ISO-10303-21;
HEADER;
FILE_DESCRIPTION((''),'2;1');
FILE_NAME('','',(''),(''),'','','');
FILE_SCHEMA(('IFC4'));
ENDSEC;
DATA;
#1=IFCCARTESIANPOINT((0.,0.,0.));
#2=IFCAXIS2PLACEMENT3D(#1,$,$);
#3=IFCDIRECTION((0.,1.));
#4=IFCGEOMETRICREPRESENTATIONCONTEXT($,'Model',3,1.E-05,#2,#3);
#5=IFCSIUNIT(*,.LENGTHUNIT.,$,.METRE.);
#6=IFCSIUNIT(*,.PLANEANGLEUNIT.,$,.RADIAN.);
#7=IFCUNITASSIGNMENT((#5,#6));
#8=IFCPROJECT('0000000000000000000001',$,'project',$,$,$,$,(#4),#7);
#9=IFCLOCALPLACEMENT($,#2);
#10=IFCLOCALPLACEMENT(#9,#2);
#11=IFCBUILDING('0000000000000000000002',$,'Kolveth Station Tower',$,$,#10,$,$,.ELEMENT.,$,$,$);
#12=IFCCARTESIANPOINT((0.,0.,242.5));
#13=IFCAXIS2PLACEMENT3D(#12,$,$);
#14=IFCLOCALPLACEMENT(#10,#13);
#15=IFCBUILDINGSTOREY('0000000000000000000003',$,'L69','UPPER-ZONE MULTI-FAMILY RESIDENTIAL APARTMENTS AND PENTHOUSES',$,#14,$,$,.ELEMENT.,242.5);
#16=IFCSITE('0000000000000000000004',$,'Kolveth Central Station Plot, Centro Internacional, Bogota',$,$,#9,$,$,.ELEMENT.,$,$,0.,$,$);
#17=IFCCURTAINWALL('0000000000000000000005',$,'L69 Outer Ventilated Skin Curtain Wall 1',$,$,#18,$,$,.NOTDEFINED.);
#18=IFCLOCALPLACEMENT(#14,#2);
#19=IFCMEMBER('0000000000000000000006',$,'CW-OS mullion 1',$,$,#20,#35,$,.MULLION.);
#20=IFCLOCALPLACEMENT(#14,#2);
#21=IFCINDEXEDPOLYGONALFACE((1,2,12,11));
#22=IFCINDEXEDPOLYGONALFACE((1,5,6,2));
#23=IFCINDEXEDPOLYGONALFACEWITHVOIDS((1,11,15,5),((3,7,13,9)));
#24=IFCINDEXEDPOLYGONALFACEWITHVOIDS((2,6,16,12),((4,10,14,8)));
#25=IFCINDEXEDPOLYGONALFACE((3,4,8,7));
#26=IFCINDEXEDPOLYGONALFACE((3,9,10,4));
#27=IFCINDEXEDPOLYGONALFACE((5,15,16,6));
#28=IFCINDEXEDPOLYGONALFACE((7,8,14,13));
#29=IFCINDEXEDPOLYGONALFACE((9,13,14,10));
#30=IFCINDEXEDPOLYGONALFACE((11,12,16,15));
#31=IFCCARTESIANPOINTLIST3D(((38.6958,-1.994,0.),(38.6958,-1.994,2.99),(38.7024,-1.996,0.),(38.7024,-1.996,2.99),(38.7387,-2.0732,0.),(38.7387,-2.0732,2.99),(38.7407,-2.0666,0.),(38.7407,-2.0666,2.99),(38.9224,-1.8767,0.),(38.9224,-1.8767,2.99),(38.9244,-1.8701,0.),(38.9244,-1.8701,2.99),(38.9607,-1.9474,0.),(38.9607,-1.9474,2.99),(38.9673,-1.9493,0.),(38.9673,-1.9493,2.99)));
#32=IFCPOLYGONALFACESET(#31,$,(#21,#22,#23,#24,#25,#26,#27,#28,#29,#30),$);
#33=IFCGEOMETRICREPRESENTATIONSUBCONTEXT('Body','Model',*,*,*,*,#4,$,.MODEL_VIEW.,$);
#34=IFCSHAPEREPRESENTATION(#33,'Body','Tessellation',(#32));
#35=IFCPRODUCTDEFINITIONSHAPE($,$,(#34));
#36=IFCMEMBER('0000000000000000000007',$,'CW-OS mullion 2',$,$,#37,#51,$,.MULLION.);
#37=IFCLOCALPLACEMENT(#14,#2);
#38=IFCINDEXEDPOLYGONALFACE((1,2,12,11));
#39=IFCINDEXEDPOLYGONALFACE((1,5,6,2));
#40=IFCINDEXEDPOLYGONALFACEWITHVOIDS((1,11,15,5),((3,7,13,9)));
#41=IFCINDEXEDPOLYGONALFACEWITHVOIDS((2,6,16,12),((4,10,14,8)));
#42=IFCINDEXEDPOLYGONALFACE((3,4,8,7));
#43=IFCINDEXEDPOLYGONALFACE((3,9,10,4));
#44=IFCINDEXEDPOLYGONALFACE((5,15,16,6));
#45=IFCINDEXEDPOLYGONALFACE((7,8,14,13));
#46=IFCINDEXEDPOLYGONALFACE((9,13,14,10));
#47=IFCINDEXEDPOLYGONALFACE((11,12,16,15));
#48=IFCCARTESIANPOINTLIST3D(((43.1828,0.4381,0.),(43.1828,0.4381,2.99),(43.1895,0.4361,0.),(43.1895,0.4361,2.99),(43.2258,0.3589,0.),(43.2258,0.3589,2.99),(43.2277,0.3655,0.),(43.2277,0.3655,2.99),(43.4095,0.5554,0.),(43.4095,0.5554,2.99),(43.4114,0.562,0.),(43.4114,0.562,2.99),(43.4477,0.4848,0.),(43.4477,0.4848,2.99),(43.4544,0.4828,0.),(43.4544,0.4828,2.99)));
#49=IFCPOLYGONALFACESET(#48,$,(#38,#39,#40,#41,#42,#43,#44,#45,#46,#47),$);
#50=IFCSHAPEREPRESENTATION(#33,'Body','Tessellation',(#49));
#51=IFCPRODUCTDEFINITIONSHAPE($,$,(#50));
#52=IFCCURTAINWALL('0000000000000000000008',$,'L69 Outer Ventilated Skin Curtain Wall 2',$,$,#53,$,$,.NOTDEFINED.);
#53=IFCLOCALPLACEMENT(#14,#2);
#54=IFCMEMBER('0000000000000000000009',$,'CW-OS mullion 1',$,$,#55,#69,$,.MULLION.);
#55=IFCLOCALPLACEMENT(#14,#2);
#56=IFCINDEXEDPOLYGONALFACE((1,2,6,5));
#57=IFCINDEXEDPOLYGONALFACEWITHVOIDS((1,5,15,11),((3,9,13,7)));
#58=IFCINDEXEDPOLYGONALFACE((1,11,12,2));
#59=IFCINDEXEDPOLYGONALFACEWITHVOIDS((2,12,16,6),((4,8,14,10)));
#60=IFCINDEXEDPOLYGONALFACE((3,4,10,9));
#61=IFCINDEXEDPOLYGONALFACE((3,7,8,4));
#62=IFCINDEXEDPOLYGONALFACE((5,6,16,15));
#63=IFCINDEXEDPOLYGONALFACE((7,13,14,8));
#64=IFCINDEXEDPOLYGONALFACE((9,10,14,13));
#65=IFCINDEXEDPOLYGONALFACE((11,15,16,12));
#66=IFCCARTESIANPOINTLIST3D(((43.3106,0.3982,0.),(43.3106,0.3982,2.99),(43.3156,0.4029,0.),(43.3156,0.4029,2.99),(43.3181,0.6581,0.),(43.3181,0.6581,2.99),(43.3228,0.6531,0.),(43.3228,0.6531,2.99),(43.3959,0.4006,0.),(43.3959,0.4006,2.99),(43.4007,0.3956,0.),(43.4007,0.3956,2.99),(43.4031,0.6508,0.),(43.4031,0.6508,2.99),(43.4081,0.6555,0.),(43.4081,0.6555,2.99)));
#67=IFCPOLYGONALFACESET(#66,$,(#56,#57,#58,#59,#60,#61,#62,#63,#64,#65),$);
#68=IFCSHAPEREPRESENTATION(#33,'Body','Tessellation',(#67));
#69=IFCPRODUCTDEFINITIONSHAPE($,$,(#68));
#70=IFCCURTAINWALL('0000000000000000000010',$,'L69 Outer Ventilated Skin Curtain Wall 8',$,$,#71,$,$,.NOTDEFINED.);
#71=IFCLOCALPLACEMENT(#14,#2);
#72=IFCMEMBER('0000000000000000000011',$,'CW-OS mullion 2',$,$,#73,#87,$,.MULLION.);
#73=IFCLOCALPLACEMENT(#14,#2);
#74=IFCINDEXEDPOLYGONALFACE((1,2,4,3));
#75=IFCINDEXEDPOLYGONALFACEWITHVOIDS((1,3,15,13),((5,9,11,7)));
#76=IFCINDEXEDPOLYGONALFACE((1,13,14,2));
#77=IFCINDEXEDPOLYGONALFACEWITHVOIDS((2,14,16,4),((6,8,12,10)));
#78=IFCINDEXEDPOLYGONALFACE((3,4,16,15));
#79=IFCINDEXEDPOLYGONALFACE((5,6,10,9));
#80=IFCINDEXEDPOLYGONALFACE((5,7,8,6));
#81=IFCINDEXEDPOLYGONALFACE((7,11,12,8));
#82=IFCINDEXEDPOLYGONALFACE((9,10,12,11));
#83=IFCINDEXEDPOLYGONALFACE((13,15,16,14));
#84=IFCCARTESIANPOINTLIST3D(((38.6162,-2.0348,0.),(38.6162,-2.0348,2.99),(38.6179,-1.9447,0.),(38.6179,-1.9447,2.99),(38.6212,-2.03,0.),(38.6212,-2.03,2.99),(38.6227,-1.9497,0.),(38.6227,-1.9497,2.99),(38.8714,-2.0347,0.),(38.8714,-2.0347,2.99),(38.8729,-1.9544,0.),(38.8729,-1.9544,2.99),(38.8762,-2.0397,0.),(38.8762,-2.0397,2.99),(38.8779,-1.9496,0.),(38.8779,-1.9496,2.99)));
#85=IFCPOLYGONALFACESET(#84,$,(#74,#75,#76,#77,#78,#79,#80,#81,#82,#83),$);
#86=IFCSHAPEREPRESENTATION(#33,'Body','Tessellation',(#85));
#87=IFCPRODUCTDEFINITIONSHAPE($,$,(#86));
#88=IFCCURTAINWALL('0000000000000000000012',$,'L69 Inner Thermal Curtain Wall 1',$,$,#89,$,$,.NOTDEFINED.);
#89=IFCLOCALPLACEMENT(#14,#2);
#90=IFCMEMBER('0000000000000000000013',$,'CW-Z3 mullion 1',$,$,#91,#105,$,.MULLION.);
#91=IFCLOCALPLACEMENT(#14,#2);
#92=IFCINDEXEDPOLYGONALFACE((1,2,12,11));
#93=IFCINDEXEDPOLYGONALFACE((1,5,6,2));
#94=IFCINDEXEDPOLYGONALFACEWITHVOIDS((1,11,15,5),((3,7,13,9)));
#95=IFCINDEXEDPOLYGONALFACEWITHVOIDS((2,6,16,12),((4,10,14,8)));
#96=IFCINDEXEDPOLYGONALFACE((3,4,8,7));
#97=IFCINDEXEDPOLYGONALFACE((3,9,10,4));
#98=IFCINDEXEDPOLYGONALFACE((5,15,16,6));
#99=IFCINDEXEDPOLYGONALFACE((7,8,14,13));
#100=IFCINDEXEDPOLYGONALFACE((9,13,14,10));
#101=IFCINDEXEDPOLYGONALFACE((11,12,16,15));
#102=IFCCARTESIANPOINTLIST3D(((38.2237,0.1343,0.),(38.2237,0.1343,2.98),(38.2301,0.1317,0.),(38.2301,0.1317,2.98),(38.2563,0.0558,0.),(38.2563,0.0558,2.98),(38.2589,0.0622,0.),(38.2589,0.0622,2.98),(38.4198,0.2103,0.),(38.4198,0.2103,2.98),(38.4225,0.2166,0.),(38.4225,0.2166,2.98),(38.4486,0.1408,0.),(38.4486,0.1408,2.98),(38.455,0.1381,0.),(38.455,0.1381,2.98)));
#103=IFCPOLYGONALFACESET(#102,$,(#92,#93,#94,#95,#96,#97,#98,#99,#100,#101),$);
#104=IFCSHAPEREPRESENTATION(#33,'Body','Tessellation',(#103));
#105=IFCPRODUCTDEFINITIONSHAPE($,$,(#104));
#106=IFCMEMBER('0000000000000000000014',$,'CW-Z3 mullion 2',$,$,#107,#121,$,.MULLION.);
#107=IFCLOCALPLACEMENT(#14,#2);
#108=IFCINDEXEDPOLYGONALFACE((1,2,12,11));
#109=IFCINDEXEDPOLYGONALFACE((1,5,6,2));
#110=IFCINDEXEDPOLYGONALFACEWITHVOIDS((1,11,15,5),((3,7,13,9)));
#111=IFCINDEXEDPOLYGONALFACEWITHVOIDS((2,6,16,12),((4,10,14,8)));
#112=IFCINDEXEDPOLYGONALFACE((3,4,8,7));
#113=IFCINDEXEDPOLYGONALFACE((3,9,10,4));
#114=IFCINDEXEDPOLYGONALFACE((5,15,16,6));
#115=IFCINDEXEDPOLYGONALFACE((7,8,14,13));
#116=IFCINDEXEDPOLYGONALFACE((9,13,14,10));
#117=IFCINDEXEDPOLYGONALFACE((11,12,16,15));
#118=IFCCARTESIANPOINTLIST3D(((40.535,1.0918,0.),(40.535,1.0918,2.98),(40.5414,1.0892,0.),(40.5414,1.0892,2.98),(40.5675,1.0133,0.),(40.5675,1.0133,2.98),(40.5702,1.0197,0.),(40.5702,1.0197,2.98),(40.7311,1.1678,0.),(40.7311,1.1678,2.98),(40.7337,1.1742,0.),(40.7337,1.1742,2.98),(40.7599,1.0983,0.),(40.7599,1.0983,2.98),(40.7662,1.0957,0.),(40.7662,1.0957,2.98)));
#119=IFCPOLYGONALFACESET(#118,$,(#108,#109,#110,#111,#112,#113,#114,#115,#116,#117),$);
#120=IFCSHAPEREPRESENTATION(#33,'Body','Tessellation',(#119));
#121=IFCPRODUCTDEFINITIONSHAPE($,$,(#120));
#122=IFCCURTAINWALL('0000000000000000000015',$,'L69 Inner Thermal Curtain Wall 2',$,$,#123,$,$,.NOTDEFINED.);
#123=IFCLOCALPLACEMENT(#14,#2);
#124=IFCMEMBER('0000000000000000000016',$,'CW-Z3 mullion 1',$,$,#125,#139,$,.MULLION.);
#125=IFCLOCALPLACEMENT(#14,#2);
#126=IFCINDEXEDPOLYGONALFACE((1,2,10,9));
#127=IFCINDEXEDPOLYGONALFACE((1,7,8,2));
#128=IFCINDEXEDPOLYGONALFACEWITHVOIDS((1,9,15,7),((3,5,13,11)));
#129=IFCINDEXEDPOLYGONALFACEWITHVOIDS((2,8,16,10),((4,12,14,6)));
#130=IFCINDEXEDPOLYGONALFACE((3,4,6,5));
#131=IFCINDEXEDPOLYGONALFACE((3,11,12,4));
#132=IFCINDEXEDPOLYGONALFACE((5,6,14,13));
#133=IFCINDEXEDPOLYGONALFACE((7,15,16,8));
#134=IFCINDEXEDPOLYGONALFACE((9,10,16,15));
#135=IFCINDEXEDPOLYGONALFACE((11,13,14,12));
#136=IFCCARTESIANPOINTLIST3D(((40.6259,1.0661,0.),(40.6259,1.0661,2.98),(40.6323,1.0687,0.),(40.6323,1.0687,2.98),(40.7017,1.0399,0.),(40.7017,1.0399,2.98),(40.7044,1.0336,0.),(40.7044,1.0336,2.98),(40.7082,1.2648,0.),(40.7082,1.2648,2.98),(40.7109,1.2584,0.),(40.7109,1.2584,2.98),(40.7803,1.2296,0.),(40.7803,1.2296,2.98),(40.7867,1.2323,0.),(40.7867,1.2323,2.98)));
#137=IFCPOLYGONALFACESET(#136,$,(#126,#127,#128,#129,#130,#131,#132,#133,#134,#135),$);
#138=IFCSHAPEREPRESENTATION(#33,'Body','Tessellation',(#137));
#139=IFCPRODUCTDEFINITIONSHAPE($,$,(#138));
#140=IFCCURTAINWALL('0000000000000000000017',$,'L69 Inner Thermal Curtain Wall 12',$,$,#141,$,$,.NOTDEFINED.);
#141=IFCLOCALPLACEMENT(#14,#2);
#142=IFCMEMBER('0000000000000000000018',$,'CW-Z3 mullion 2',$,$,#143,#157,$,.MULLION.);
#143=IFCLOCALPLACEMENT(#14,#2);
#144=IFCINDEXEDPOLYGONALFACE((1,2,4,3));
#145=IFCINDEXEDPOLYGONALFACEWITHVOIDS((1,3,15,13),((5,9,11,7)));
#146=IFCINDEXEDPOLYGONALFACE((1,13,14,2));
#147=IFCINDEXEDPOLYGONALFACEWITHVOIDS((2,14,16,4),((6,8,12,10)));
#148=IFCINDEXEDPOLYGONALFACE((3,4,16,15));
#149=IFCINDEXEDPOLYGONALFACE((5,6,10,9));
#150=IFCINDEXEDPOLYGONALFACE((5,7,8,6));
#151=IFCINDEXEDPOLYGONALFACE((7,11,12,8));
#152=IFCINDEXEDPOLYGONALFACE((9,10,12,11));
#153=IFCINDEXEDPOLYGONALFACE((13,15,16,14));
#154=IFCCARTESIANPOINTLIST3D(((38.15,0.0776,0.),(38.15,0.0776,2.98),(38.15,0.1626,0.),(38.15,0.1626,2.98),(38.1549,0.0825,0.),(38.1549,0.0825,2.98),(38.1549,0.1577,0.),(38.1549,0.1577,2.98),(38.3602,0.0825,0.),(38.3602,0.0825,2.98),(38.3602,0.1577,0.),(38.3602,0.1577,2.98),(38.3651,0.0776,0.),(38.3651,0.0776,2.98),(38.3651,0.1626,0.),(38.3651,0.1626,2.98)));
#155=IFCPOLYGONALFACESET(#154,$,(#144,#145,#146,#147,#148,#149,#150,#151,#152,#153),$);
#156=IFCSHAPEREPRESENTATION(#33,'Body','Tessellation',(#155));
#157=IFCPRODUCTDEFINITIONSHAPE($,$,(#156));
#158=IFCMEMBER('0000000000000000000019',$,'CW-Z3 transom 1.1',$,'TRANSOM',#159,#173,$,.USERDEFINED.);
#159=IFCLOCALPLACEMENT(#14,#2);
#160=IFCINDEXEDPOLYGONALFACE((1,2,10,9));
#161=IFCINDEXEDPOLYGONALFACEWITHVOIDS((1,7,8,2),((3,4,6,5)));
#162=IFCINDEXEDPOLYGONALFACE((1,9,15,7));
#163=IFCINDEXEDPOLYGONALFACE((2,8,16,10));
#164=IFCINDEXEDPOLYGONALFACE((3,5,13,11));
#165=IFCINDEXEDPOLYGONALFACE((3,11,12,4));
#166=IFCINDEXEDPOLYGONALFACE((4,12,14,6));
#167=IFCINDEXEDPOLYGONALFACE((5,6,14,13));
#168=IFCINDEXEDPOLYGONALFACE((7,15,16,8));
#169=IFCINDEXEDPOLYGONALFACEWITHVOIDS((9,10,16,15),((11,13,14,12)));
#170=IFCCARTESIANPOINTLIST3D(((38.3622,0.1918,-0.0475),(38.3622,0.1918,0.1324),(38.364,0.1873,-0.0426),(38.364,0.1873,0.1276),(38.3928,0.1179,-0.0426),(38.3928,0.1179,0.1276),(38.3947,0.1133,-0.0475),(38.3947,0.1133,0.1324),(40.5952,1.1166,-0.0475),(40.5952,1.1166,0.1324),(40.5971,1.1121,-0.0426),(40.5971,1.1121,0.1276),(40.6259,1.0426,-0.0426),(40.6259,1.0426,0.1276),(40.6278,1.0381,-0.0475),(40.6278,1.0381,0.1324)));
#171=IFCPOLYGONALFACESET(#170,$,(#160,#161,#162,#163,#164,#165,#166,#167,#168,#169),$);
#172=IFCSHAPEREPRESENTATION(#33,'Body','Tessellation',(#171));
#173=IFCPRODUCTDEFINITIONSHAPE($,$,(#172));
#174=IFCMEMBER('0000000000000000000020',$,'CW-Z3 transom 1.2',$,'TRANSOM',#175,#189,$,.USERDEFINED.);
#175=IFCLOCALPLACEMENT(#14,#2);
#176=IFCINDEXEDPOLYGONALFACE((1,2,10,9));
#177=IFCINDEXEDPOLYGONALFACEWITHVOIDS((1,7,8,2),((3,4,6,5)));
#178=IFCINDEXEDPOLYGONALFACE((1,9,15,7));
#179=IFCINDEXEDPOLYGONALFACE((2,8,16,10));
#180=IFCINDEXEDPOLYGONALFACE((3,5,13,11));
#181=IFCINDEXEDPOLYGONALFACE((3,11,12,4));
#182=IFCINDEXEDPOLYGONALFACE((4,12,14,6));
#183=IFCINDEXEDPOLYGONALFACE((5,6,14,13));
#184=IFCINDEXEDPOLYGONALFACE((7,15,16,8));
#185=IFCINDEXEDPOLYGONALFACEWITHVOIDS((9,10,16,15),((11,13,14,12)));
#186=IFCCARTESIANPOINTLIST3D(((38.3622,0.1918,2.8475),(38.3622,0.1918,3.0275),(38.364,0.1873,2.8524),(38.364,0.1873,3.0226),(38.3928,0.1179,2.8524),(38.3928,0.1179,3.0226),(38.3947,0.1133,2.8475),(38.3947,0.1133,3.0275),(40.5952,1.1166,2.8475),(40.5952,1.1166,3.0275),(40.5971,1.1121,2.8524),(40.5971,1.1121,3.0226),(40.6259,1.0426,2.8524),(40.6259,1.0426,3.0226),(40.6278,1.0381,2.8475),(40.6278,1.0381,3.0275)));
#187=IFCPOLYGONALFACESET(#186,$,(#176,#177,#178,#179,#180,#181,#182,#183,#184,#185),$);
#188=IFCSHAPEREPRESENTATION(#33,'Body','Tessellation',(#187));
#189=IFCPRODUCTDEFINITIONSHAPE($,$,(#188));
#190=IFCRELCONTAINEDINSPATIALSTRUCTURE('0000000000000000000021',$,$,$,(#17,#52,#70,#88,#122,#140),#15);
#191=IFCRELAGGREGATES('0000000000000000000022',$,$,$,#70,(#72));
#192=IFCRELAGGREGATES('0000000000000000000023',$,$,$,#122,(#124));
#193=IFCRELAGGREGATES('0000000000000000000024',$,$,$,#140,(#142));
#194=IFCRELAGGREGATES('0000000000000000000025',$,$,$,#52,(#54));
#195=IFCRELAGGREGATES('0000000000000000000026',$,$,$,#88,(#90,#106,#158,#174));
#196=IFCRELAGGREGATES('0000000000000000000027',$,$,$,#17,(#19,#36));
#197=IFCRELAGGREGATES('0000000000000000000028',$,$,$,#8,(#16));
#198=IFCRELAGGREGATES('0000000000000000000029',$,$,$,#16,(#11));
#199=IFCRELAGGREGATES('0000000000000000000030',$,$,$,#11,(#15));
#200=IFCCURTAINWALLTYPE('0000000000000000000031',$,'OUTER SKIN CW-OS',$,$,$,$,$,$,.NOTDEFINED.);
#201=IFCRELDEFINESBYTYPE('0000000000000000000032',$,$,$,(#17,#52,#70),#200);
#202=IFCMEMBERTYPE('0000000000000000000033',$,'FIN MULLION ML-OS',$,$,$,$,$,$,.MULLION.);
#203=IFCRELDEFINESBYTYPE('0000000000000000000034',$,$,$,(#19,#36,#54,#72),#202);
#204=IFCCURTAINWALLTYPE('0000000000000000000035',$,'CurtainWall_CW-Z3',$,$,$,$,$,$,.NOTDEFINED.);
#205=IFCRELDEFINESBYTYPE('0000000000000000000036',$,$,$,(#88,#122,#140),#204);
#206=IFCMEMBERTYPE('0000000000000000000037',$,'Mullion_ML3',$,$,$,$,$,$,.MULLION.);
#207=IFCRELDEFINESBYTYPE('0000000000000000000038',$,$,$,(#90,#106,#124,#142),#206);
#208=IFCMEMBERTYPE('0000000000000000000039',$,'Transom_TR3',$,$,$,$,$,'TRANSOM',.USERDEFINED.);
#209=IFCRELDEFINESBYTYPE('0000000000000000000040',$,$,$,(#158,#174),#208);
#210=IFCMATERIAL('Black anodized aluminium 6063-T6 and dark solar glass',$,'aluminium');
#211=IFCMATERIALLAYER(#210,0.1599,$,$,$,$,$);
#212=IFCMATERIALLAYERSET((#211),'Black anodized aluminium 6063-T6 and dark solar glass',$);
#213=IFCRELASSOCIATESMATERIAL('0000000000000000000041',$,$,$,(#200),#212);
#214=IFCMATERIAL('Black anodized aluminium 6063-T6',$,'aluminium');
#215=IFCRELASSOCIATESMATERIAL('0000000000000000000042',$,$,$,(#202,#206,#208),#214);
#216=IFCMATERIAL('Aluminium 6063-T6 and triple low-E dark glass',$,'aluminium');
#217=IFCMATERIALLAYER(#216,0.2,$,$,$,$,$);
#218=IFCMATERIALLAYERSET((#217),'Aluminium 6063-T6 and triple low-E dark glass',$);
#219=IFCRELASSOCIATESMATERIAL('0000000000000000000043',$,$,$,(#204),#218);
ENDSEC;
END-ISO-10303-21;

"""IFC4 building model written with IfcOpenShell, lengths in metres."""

from ifc_helpers import new_model, si_unit, direction, frame, origin, origin_2d, place, context, subcontext, project, spatial, hollow_rectangle, extrude, source, transform, mapped, material, layer, layer_set, material_profile, profile_set, type_object, element, aggregate, save


model = new_model("IFC4")

# Units and contexts
model_context = context("Model", 3, precision=1e-05, world=origin(), true_north=direction((0.0, 1.0)))
body_context = subcontext(model_context, "Body", "Model", "MODEL_VIEW")
ifc_project = project(units=[si_unit("LENGTHUNIT", "METRE"), si_unit("PLANEANGLEUNIT", "RADIAN")], contexts=[model_context])

# Site, building, storey
site_placement = place(None, origin())
site = spatial("IfcSite", under=ifc_project, at=site_placement, Name="Kolveth Central Station Plot, Centro Internacional, Bogota", CompositionType="ELEMENT", RefElevation=0.0)
building_placement = place(site_placement, origin())
building = spatial("IfcBuilding", under=site, at=building_placement, Name="Kolveth Station Tower", CompositionType="ELEMENT")
storey_placement = place(building_placement, frame((0.0, 0.0, 242.5)))
storey = spatial("IfcBuildingStorey", under=building, at=storey_placement, Name="L69", Description="UPPER-ZONE MULTI-FAMILY RESIDENTIAL APARTMENTS AND PENTHOUSES", CompositionType="ELEMENT", Elevation=242.5)

# Curtain wall, members
ifc_material_1 = material(Name="Black anodized aluminium 6063-T6 and dark solar glass", Category="aluminium")
ifc_layer_1 = layer(ifc_material_1, 0.1599)
ifc_layer_set_1 = layer_set([ifc_layer_1], Name="Black anodized aluminium 6063-T6 and dark solar glass")
curtain_wall_type_1 = type_object("IfcCurtainWallType", Name="OUTER SKIN CW-OS", PredefinedType="NOTDEFINED", material=ifc_layer_set_1)
curtain_wall_1_placement = place(storey_placement, origin())
curtain_wall_1 = element("IfcCurtainWall", 1, at=curtain_wall_1_placement, inside=storey, type_object=curtain_wall_type_1, Name="L69 Outer Ventilated Skin Curtain Wall 1", PredefinedType="NOTDEFINED")
ifc_material_2 = material(Name="Black anodized aluminium 6063-T6", Category="aluminium")
ifc_material_profile_1 = material_profile(ifc_material_2, hollow_rectangle(XDim=0.0901, YDim=0.26, WallThickness=0.0049, at=origin_2d()), Name="ALU-90x260x5")
ifc_profile_set_1 = profile_set([ifc_material_profile_1], Name="Black anodized aluminium 6063-T6")
member_type_1 = type_object("IfcMemberType", Name="FIN MULLION ML-OS", PredefinedType="MULLION", material=ifc_profile_set_1)
shared_shape_1 = source(origin(), body_context, "Body", "SweptSolid", [
    extrude(hollow_rectangle(XDim=0.0901, YDim=0.26, WallThickness=0.0049, at=origin_2d()), origin(), (0.0, 0.0, 1.0), 2.99),
])
member_1_placement = place(storey_placement, frame((38.8315, -1.9717, 0.0), z_axis=(0.0, 0.0, 1.0), x_axis=(-0.476536, 0.879155, 0.0)))
member_1 = element("IfcMember", 2, at=member_1_placement, type_object=member_type_1, Name="CW-OS mullion 1", PredefinedType="MULLION", context=body_context, shape_type="MappedRepresentation", body=[
    mapped(shared_shape_1, transform((0.0, 0.0, 0.0), x_axis=(1.0, 0.0, 0.0), y_axis=(0.0, 1.0, 0.0), z_axis=(0.0, 0.0, 1.0), scale=1.0)),
])
member_2_placement = place(storey_placement, frame((43.3186, 0.4604, 0.0), z_axis=(0.0, 0.0, 1.0), x_axis=(-0.476536, 0.879155, 0.0)))
member_2 = element("IfcMember", 3, at=member_2_placement, type_object=member_type_1, Name="CW-OS mullion 2", PredefinedType="MULLION", context=body_context, shape_type="MappedRepresentation", body=[
    mapped(shared_shape_1, transform((0.0, 0.0, 0.0), x_axis=(1.0, 0.0, 0.0), y_axis=(0.0, 1.0, 0.0), z_axis=(0.0, 0.0, 1.0), scale=1.0)),
])

# Curtain walls, members
curtain_wall_2_placement = place(storey_placement, origin())
curtain_wall_2 = element("IfcCurtainWall", 4, at=curtain_wall_2_placement, inside=storey, type_object=curtain_wall_type_1, Name="L69 Outer Ventilated Skin Curtain Wall 2", PredefinedType="NOTDEFINED")
member_3_placement = place(storey_placement, frame((43.3594, 0.5269, 0.0), z_axis=(0.0, 0.0, 1.0), x_axis=(-0.999586, 0.028778, 0.0)))
member_3 = element("IfcMember", 5, at=member_3_placement, type_object=member_type_1, Name="CW-OS mullion 1", PredefinedType="MULLION", context=body_context, shape_type="MappedRepresentation", body=[
    mapped(shared_shape_1, transform((0.0, 0.0, 0.0), x_axis=(1.0, 0.0, 0.0), y_axis=(0.0, 1.0, 0.0), z_axis=(0.0, 0.0, 1.0), scale=1.0)),
])
curtain_wall_3_placement = place(storey_placement, origin())
curtain_wall_3 = element("IfcCurtainWall", 6, at=curtain_wall_3_placement, inside=storey, type_object=curtain_wall_type_1, Name="L69 Outer Ventilated Skin Curtain Wall 8", PredefinedType="NOTDEFINED")
member_4_placement = place(storey_placement, frame((38.7471, -1.9922, 0.0), z_axis=(0.0, 0.0, 1.0), x_axis=(0.018787, 0.999824, 0.0)))
member_4 = element("IfcMember", 7, at=member_4_placement, type_object=member_type_1, Name="CW-OS mullion 2", PredefinedType="MULLION", context=body_context, shape_type="MappedRepresentation", body=[
    mapped(shared_shape_1, transform((0.0, 0.0, 0.0), x_axis=(1.0, 0.0, 0.0), y_axis=(0.0, 1.0, 0.0), z_axis=(0.0, 0.0, 1.0), scale=1.0)),
])
aggregate(curtain_wall_3, [member_4])

# Curtain wall, members
ifc_material_3 = material(Name="Aluminium 6063-T6 and triple low-E dark glass", Category="aluminium")
ifc_layer_2 = layer(ifc_material_3, 0.2)
ifc_layer_set_2 = layer_set([ifc_layer_2], Name="Aluminium 6063-T6 and triple low-E dark glass")
curtain_wall_type_2 = type_object("IfcCurtainWallType", Name="CurtainWall_CW-Z3", PredefinedType="NOTDEFINED", material=ifc_layer_set_2)
curtain_wall_4_placement = place(storey_placement, origin())
curtain_wall_4 = element("IfcCurtainWall", 8, at=curtain_wall_4_placement, inside=storey, type_object=curtain_wall_type_2, Name="L69 Inner Thermal Curtain Wall 1", PredefinedType="NOTDEFINED")
ifc_material_profile_2 = material_profile(ifc_material_2, hollow_rectangle(XDim=0.085, YDim=0.2151, WallThickness=0.0049, at=origin_2d()), Name="ALU-85x215x5")
ifc_profile_set_2 = profile_set([ifc_material_profile_2], Name="Black anodized aluminium 6063-T6")
member_type_2 = type_object("IfcMemberType", Name="Mullion_ML3", PredefinedType="MULLION", material=ifc_profile_set_2)
shared_shape_2 = source(origin(), body_context, "Body", "SweptSolid", [
    extrude(hollow_rectangle(XDim=0.085, YDim=0.2151, WallThickness=0.0049, at=origin_2d()), origin(), (0.0, 0.0, 1.0), 2.98),
])
member_5_placement = place(storey_placement, frame((38.3394, 0.1362, 0.0), z_axis=(0.0, 0.0, 1.0), x_axis=(-0.382693, 0.923875, 0.0)))
member_5 = element("IfcMember", 9, at=member_5_placement, type_object=member_type_2, Name="CW-Z3 mullion 1", PredefinedType="MULLION", context=body_context, shape_type="MappedRepresentation", body=[
    mapped(shared_shape_2, transform((0.0, 0.0, 0.0), x_axis=(1.0, 0.0, 0.0), y_axis=(0.0, 1.0, 0.0), z_axis=(0.0, 0.0, 1.0), scale=1.0)),
])
member_6_placement = place(storey_placement, frame((40.6506, 1.0938, 0.0), z_axis=(0.0, 0.0, 1.0), x_axis=(-0.382693, 0.923875, 0.0)))
member_6 = element("IfcMember", 10, at=member_6_placement, type_object=member_type_2, Name="CW-Z3 mullion 2", PredefinedType="MULLION", context=body_context, shape_type="MappedRepresentation", body=[
    mapped(shared_shape_2, transform((0.0, 0.0, 0.0), x_axis=(1.0, 0.0, 0.0), y_axis=(0.0, 1.0, 0.0), z_axis=(0.0, 0.0, 1.0), scale=1.0)),
])

# Curtain walls, members
curtain_wall_5_placement = place(storey_placement, origin())
curtain_wall_5 = element("IfcCurtainWall", 11, at=curtain_wall_5_placement, inside=storey, type_object=curtain_wall_type_2, Name="L69 Inner Thermal Curtain Wall 2", PredefinedType="NOTDEFINED")
member_7_placement = place(storey_placement, frame((40.7063, 1.1492, 0.0), z_axis=(0.0, 0.0, 1.0), x_axis=(-0.923875, 0.382693, 0.0)))
member_7 = element("IfcMember", 12, at=member_7_placement, type_object=member_type_2, Name="CW-Z3 mullion 1", PredefinedType="MULLION", context=body_context, shape_type="MappedRepresentation", body=[
    mapped(shared_shape_2, transform((0.0, 0.0, 0.0), x_axis=(1.0, 0.0, 0.0), y_axis=(0.0, 1.0, 0.0), z_axis=(0.0, 0.0, 1.0), scale=1.0)),
])
aggregate(curtain_wall_5, [member_7])
curtain_wall_6_placement = place(storey_placement, origin())
curtain_wall_6 = element("IfcCurtainWall", 13, at=curtain_wall_6_placement, inside=storey, type_object=curtain_wall_type_2, Name="L69 Inner Thermal Curtain Wall 12", PredefinedType="NOTDEFINED")
member_8_placement = place(storey_placement, frame((38.2576, 0.1201, 0.0), z_axis=(0.0, 0.0, 1.0), x_axis=(0.0, 1.0, 0.0)))
member_8 = element("IfcMember", 14, at=member_8_placement, type_object=member_type_2, Name="CW-Z3 mullion 2", PredefinedType="MULLION", context=body_context, shape_type="MappedRepresentation", body=[
    mapped(shared_shape_2, transform((0.0, 0.0, 0.0), x_axis=(1.0, 0.0, 0.0), y_axis=(0.0, 1.0, 0.0), z_axis=(0.0, 0.0, 1.0), scale=1.0)),
])
aggregate(curtain_wall_6, [member_8])

# Members
ifc_material_profile_3 = material_profile(ifc_material_2, hollow_rectangle(XDim=0.085, YDim=0.1799, WallThickness=0.0049, at=origin_2d()), Name="ALU-85x180x5")
ifc_profile_set_3 = profile_set([ifc_material_profile_3], Name="Black anodized aluminium 6063-T6")
member_type_3 = type_object("IfcMemberType", Name="Transom_TR3", ElementType="TRANSOM", PredefinedType="USERDEFINED", material=ifc_profile_set_3)
shared_shape_3 = source(origin(), body_context, "Body", "SweptSolid", [
    extrude(hollow_rectangle(XDim=0.085, YDim=0.1799, WallThickness=0.0049, at=origin_2d()), origin(), (0.0, 0.0, 1.0), 2.417),
])
member_9_placement = place(storey_placement, frame((38.3784, 0.1526, 0.0425), z_axis=(0.923909, 0.382613, 0.0), x_axis=(-0.382613, 0.923909, 0.0)))
member_9 = element("IfcMember", 15, at=member_9_placement, type_object=member_type_3, Name="CW-Z3 transom 1.1", ObjectType="TRANSOM", PredefinedType="USERDEFINED", context=body_context, shape_type="MappedRepresentation", body=[
    mapped(shared_shape_3, transform((0.0, 0.0, 0.0), x_axis=(1.0, 0.0, 0.0), y_axis=(0.0, 1.0, 0.0), z_axis=(0.0, 0.0, 1.0), scale=1.0)),
])
member_10_placement = place(storey_placement, frame((38.3784, 0.1526, 2.9375), z_axis=(0.923909, 0.382613, 0.0), x_axis=(-0.382613, 0.923909, 0.0)))
member_10 = element("IfcMember", 16, at=member_10_placement, type_object=member_type_3, Name="CW-Z3 transom 1.2", ObjectType="TRANSOM", PredefinedType="USERDEFINED", context=body_context, shape_type="MappedRepresentation", body=[
    mapped(shared_shape_3, transform((0.0, 0.0, 0.0), x_axis=(1.0, 0.0, 0.0), y_axis=(0.0, 1.0, 0.0), z_axis=(0.0, 0.0, 1.0), scale=1.0)),
])
aggregate(curtain_wall_2, [member_3])

aggregate(curtain_wall_4, [member_5, member_6, member_9, member_10])
aggregate(curtain_wall_1, [member_1, member_2])

save(model, "model.ifc")
